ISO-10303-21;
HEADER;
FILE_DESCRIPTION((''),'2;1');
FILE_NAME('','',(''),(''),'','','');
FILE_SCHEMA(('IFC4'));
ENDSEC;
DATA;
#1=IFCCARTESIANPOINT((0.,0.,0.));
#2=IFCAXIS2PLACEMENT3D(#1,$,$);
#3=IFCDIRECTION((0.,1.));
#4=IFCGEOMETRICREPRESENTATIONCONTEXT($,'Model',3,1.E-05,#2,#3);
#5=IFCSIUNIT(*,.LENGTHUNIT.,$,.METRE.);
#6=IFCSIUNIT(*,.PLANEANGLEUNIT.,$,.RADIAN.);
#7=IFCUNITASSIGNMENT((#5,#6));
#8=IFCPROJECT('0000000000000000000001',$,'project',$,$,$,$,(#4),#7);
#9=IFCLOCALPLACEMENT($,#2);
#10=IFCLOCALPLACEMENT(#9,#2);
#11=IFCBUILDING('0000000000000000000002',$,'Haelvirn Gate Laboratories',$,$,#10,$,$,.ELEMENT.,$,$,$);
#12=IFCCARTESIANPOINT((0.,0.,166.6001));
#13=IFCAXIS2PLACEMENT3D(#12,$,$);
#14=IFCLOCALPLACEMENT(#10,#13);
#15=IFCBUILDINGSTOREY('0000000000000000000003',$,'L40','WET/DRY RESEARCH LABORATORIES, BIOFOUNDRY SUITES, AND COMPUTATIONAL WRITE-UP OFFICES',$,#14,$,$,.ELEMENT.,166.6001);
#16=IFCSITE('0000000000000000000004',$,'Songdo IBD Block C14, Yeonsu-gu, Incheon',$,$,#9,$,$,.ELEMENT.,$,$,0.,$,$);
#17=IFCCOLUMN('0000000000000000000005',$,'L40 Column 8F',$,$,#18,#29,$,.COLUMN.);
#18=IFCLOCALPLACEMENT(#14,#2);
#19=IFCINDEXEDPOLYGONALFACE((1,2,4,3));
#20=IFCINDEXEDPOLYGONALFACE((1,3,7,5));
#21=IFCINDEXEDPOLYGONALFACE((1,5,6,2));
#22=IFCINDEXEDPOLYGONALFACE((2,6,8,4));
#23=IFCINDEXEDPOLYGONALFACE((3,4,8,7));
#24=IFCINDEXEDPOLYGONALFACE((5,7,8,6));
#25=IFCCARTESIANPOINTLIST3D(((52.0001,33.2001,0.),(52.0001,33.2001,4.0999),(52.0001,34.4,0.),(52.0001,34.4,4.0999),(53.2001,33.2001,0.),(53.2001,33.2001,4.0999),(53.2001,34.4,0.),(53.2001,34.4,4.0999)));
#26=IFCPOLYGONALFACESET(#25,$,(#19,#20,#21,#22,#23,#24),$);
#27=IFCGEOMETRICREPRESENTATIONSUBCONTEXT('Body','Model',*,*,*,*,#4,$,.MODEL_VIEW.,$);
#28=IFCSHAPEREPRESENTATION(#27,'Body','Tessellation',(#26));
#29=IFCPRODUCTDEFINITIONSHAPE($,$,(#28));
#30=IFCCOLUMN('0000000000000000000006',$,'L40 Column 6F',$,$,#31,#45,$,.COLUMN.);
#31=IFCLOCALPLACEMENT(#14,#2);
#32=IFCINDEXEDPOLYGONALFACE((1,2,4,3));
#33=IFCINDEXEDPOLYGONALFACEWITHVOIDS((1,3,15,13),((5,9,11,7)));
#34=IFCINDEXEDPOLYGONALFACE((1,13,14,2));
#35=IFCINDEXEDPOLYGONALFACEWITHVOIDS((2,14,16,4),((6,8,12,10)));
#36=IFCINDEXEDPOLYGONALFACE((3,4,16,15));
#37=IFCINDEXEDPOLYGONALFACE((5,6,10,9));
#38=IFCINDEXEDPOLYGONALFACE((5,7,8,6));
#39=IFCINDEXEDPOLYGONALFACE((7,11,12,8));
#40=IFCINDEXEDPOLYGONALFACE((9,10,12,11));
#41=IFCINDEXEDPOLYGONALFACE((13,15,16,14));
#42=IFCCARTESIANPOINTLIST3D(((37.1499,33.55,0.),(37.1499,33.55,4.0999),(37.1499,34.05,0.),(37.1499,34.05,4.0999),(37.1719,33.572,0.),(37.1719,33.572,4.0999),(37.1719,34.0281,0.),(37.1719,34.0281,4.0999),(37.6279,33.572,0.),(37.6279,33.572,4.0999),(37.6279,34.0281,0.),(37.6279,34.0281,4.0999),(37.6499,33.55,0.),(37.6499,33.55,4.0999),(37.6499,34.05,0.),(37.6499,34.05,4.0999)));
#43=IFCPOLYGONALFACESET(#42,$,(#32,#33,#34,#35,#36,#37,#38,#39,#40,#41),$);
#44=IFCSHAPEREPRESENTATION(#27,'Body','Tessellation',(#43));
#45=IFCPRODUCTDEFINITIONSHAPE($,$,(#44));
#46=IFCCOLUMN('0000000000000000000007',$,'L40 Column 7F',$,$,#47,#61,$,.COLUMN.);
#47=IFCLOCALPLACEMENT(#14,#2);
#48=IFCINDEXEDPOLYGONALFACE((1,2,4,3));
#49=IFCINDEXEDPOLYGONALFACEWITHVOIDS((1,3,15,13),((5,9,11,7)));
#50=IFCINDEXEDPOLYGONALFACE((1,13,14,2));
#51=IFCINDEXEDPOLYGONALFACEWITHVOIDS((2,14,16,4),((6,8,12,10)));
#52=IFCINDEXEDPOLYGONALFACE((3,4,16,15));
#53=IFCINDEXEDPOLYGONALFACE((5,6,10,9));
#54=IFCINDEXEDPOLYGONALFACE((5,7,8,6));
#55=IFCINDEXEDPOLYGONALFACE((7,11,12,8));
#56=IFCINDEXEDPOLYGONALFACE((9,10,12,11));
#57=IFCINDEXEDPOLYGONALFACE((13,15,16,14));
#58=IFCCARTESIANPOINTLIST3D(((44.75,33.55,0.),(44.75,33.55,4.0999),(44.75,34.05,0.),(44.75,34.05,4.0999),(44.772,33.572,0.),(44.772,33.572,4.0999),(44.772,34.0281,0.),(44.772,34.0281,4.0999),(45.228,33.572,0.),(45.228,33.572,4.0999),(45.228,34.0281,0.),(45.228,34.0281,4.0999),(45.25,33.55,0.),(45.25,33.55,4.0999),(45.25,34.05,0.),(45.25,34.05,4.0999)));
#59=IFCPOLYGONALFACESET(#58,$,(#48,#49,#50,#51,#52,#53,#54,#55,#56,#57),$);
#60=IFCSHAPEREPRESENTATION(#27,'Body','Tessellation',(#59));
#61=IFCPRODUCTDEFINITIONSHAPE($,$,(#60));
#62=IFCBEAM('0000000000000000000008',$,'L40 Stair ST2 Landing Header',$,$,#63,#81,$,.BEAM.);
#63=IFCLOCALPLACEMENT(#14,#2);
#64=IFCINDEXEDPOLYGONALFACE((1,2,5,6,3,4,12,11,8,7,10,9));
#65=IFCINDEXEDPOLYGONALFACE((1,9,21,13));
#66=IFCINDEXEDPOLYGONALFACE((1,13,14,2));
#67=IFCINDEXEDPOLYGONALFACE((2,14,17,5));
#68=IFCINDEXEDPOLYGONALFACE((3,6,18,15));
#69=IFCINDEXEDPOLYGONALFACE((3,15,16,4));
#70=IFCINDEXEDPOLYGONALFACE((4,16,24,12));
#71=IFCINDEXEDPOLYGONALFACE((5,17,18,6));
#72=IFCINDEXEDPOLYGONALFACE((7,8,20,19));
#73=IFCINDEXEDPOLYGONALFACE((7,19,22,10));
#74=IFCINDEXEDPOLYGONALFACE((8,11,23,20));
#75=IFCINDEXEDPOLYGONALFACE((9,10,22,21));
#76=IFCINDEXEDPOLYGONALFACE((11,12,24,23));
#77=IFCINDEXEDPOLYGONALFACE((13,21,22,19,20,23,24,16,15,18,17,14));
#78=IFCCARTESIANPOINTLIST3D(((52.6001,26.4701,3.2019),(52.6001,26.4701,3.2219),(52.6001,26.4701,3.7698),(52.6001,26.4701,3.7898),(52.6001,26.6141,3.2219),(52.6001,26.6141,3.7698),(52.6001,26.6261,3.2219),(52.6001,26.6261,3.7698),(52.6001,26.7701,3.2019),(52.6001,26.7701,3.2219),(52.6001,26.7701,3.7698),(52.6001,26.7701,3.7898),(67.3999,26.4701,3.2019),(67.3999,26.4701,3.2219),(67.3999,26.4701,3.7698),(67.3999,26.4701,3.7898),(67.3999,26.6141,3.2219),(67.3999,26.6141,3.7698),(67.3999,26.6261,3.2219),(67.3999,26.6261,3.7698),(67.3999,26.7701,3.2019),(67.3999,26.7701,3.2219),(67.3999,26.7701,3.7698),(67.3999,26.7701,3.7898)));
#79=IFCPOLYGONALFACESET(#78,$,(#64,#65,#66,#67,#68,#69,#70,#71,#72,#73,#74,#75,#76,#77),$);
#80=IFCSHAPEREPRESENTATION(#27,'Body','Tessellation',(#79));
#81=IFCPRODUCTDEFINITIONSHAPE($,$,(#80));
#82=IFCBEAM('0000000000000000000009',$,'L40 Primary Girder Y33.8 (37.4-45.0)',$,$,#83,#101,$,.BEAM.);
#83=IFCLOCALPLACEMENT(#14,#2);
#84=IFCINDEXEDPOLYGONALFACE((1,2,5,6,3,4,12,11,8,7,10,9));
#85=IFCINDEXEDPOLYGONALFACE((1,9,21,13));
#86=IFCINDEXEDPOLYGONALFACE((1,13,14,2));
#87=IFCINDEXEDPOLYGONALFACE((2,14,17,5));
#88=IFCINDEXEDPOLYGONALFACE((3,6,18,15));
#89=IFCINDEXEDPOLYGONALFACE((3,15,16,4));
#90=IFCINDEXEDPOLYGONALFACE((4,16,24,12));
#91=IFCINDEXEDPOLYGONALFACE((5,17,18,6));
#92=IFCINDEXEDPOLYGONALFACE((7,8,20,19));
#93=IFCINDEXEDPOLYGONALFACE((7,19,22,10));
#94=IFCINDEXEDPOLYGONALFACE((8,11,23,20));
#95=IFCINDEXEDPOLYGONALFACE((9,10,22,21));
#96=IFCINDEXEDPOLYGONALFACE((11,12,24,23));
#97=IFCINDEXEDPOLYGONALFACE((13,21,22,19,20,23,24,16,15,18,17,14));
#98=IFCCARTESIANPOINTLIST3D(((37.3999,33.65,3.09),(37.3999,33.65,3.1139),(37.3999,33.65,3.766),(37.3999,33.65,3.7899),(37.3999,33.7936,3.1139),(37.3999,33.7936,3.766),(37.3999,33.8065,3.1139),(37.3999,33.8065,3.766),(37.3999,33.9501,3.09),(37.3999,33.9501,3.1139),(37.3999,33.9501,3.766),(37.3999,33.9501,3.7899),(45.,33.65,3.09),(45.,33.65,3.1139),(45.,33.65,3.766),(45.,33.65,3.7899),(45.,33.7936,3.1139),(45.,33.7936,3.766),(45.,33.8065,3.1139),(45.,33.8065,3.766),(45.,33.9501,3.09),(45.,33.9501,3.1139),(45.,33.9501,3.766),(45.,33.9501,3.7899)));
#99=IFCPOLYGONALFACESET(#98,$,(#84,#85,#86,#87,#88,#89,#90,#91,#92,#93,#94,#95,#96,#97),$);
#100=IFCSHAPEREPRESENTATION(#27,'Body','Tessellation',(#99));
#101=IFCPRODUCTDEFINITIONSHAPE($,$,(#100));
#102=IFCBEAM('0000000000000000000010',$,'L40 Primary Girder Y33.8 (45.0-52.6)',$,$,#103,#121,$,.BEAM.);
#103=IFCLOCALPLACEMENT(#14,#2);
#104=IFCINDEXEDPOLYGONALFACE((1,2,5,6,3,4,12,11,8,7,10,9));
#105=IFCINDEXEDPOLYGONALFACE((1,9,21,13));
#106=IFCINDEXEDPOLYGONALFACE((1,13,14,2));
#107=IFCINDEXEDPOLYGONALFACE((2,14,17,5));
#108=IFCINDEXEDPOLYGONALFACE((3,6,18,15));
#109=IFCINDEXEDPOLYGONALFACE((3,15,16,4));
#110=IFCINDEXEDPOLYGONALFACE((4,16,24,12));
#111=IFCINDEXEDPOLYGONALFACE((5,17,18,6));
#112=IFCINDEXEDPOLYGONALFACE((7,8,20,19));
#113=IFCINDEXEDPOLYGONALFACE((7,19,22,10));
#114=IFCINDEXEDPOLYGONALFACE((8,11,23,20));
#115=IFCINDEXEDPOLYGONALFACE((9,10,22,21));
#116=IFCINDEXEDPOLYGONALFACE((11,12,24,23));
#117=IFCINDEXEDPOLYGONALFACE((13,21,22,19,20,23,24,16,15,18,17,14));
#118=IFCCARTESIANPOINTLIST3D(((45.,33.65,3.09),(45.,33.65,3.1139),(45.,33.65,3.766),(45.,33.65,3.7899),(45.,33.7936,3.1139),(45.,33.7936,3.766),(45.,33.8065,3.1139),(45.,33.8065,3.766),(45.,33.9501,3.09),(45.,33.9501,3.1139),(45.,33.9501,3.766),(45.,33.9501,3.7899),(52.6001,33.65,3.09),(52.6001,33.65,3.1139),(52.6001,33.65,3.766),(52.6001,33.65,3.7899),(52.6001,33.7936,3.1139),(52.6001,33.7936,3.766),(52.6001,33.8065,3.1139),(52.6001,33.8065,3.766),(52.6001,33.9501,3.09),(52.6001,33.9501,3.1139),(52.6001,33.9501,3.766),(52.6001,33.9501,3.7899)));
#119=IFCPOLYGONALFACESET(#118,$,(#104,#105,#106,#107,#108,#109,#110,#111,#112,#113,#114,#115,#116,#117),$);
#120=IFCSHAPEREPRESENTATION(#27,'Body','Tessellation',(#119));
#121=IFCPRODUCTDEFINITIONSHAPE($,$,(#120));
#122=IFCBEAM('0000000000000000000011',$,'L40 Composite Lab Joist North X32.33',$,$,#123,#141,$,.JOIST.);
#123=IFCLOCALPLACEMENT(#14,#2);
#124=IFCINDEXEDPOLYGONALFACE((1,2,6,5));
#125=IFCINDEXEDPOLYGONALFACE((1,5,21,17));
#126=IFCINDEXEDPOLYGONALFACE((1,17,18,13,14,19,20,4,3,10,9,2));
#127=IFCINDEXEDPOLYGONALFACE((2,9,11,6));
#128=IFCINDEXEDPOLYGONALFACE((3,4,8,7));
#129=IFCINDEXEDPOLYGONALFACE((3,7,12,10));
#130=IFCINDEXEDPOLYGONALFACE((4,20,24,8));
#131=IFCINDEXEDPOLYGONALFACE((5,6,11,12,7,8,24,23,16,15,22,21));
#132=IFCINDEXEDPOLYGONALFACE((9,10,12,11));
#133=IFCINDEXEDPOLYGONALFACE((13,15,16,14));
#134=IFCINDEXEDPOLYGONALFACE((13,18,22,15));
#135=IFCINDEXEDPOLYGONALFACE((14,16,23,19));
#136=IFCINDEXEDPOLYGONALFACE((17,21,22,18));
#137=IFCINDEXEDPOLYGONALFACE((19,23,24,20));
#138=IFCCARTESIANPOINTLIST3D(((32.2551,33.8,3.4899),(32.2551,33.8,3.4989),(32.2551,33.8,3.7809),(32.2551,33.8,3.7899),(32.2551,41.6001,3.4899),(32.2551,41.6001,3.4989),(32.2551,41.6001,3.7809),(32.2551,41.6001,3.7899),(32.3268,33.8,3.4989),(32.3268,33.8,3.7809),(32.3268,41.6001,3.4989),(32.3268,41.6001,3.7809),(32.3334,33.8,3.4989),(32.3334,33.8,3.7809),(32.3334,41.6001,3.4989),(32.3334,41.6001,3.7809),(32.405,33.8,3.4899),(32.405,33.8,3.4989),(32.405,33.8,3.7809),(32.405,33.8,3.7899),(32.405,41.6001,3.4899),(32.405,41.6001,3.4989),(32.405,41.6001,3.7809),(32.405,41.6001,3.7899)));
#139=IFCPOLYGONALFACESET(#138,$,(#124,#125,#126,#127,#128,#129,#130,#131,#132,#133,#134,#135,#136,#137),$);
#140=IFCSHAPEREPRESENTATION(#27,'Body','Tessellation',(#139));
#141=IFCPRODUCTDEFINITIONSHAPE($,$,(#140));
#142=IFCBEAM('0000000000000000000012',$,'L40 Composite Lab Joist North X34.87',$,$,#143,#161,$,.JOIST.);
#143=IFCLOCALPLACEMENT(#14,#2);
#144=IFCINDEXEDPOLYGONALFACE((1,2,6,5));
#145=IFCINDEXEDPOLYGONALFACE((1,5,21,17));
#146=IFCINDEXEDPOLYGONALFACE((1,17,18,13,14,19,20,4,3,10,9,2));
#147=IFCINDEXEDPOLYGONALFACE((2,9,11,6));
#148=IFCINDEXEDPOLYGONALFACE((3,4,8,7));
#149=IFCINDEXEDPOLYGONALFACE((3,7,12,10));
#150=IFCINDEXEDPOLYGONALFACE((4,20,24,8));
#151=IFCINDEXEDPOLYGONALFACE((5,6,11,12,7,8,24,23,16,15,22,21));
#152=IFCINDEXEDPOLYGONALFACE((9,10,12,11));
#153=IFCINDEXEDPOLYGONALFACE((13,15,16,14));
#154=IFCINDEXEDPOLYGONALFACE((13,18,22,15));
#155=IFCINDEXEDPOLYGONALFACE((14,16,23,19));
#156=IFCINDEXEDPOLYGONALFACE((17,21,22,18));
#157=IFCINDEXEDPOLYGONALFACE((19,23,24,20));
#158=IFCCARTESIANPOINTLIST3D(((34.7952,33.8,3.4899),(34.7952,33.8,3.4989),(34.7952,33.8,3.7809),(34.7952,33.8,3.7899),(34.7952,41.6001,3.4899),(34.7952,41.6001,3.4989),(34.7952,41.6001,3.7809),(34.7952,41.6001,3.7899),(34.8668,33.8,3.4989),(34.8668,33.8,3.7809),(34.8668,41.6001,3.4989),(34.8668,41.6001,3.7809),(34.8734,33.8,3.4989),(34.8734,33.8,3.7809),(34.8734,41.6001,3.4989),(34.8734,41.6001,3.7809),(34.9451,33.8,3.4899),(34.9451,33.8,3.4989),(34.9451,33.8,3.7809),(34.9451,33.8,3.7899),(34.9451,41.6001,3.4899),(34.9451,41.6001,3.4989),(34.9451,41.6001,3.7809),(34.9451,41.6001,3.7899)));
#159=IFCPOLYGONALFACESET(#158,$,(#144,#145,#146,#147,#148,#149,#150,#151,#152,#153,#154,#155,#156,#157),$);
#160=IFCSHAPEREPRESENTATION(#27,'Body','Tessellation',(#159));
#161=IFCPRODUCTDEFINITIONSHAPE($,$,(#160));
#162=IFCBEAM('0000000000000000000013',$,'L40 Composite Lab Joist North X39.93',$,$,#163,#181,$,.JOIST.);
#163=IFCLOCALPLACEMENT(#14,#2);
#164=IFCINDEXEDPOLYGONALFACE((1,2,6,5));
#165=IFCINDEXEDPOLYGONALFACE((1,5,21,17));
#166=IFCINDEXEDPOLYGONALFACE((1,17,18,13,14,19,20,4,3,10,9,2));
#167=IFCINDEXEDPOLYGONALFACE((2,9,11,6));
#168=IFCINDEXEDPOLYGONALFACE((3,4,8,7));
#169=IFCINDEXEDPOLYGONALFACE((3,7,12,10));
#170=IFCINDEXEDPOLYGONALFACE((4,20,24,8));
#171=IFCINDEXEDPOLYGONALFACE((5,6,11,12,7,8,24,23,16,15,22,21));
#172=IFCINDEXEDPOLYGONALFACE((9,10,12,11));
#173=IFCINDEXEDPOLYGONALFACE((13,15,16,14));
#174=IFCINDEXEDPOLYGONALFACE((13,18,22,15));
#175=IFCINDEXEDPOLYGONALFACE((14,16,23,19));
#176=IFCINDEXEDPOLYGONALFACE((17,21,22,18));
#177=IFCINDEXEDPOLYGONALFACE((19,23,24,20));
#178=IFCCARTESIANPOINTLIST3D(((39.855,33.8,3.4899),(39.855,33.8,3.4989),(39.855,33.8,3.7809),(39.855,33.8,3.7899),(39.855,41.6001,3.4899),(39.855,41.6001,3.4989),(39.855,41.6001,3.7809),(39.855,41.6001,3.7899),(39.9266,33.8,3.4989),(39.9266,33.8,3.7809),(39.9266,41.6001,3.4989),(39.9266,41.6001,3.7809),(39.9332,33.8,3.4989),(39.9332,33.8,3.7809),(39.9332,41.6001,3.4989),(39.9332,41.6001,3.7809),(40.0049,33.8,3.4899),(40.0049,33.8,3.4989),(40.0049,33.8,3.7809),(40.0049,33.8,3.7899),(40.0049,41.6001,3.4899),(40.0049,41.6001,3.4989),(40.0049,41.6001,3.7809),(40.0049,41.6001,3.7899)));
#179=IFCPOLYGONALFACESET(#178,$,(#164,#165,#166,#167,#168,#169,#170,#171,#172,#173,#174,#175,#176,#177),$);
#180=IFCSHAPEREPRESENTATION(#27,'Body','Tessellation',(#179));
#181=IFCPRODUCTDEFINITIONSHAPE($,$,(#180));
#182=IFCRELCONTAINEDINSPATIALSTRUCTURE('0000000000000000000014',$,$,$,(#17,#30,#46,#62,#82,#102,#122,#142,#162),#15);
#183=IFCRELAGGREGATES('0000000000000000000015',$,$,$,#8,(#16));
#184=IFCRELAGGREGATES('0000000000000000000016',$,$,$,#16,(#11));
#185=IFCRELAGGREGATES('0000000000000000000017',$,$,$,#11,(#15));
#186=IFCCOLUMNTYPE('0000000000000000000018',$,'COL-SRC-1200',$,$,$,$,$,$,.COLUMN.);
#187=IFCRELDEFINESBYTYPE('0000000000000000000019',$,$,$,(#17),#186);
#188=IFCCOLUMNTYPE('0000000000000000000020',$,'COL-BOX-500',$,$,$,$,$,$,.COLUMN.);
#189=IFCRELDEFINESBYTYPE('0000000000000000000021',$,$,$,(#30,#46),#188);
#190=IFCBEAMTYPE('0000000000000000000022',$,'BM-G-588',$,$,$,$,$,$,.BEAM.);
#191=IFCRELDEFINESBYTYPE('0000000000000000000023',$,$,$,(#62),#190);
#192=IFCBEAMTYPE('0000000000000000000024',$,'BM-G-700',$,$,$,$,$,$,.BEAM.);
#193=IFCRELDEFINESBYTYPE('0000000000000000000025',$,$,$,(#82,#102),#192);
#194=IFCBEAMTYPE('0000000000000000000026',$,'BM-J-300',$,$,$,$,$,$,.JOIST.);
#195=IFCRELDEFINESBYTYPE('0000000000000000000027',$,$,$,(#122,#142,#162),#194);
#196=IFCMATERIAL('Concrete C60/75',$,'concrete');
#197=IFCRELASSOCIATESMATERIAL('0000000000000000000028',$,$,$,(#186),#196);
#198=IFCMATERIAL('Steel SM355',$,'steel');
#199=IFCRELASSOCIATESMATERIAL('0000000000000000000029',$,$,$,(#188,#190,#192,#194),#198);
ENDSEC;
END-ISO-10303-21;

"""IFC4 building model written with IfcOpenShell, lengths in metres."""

from ifc_helpers import new_model, si_unit, direction, frame, origin, origin_2d, place, context, subcontext, project, spatial, rectangle, hollow_rectangle, i_section, extrude, source, transform, mapped, material, material_profile, profile_set, type_object, type_shapes, element, save


model = new_model("IFC4")

# Units and contexts
model_context = context("Model", 3, precision=1e-05, world=origin(), true_north=direction((0.0, 1.0)))
body_context = subcontext(model_context, "Body", "Model", "MODEL_VIEW")
ifc_project = project(units=[si_unit("LENGTHUNIT", "METRE"), si_unit("PLANEANGLEUNIT", "RADIAN")], contexts=[model_context])

# Site, building, storey
site_placement = place(None, origin())
site = spatial("IfcSite", under=ifc_project, at=site_placement, Name="Songdo IBD Block C14, Yeonsu-gu, Incheon", CompositionType="ELEMENT", RefElevation=0.0)
building_placement = place(site_placement, origin())
building = spatial("IfcBuilding", under=site, at=building_placement, Name="Haelvirn Gate Laboratories", CompositionType="ELEMENT")
storey_placement = place(building_placement, frame((0.0, 0.0, 166.6001)))
storey = spatial("IfcBuildingStorey", under=building, at=storey_placement, Name="L40", Description="WET/DRY RESEARCH LABORATORIES, BIOFOUNDRY SUITES, AND COMPUTATIONAL WRITE-UP OFFICES", CompositionType="ELEMENT", Elevation=166.6001)

# Columns
ifc_material_1 = material(Name="Concrete C60/75", Category="concrete")
ifc_material_profile_1 = material_profile(ifc_material_1, rectangle(XDim=1.2, YDim=1.2, at=origin_2d()), Name="SRC-1200x1200")
ifc_profile_set_1 = profile_set([ifc_material_profile_1], Name="Concrete C60/75")
column_type_1 = type_object("IfcColumnType", Name="COL-SRC-1200", PredefinedType="COLUMN", material=ifc_profile_set_1)
shared_shape_1 = source(origin(), body_context, "Body", "SweptSolid", [
    extrude(rectangle(XDim=1.2, YDim=1.2, at=origin_2d()), origin(), (0.0, 0.0, 1.0), 4.0999),
])
type_shapes(column_type_1, [shared_shape_1])
column_placement = place(storey_placement, frame((52.6001, 33.8, 0.0), z_axis=(0.0, 0.0, 1.0), x_axis=(1.0, 0.0, 0.0)))
element("IfcColumn", 1, at=column_placement, inside=storey, type_object=column_type_1, Name="L40 Column 8F", PredefinedType="COLUMN", context=body_context, shape_type="MappedRepresentation", body=[
    mapped(shared_shape_1, transform((0.0, 0.0, 0.0), scale=1.0)),
])
ifc_material_2 = material(Name="Steel SM355", Category="steel")
ifc_material_profile_2 = material_profile(ifc_material_2, hollow_rectangle(XDim=0.5, YDim=0.5, WallThickness=0.022, at=origin_2d()), Name="BOX-500x500x22")
ifc_profile_set_2 = profile_set([ifc_material_profile_2], Name="Steel SM355")
column_type_2 = type_object("IfcColumnType", Name="COL-BOX-500", PredefinedType="COLUMN", material=ifc_profile_set_2)
shared_shape_2 = source(origin(), body_context, "Body", "SweptSolid", [
    extrude(hollow_rectangle(XDim=0.5, YDim=0.5, WallThickness=0.022, at=origin_2d()), origin(), (0.0, 0.0, 1.0), 4.0999),
])
type_shapes(column_type_2, [shared_shape_2])
for number, where, z_axis, x_axis, name in (
    (2, (37.3999, 33.8, 0.0), (0.0, 0.0, 1.0), (1.0, 0.0, 0.0), "L40 Column 6F"),
    (3, (45.0, 33.8, 0.0), (0.0, 0.0, 1.0), (1.0, 0.0, 0.0), "L40 Column 7F"),
):
    element("IfcColumn", number, at=place(storey_placement, frame(where, z_axis=z_axis, x_axis=x_axis)), inside=storey, type_object=column_type_2, Name=name, PredefinedType="COLUMN", context=body_context, shape_type="MappedRepresentation", body=[
        mapped(shared_shape_2, transform((0.0, 0.0, 0.0), scale=1.0)),
    ])

# Beams
ifc_material_profile_3 = material_profile(ifc_material_2, i_section(OverallWidth=0.3, OverallDepth=0.5879, WebThickness=0.012, FlangeThickness=0.02, at=origin_2d()), Name="H-588x300x12x20")
ifc_profile_set_3 = profile_set([ifc_material_profile_3], Name="Steel SM355")
beam_type_1 = type_object("IfcBeamType", Name="BM-G-588", PredefinedType="BEAM", material=ifc_profile_set_3)
shared_shape_3 = source(origin(), body_context, "Body", "SweptSolid", [
    extrude(i_section(OverallWidth=0.3, OverallDepth=0.5879, WebThickness=0.012, FlangeThickness=0.02, at=origin_2d()), origin(), (0.0, 0.0, 1.0), 14.7998),
])
beam_1_placement = place(storey_placement, frame((52.6001, 26.6201, 3.4958), z_axis=(1.0, 0.0, 0.0), x_axis=(0.0, 1.0, 0.0)))
element("IfcBeam", 4, at=beam_1_placement, inside=storey, type_object=beam_type_1, Name="L40 Stair ST2 Landing Header", PredefinedType="BEAM", context=body_context, shape_type="MappedRepresentation", body=[
    mapped(shared_shape_3, transform((0.0, 0.0, 0.0), scale=1.0)),
])
ifc_material_profile_4 = material_profile(ifc_material_2, i_section(OverallWidth=0.3, OverallDepth=0.7, WebThickness=0.0129, FlangeThickness=0.0239, at=origin_2d()), Name="H-700x300x13x24")
ifc_profile_set_4 = profile_set([ifc_material_profile_4], Name="Steel SM355")
beam_type_2 = type_object("IfcBeamType", Name="BM-G-700", PredefinedType="BEAM", material=ifc_profile_set_4)
shared_shape_4 = source(origin(), body_context, "Body", "SweptSolid", [
    extrude(i_section(OverallWidth=0.3, OverallDepth=0.7, WebThickness=0.0129, FlangeThickness=0.0239, at=origin_2d()), origin(), (0.0, 0.0, 1.0), 7.6001),
])
type_shapes(beam_type_2, [shared_shape_4])
for number, where, z_axis, x_axis, name in (
    (5, (37.3999, 33.8, 3.4399), (1.0, 0.0, 0.0), (0.0, 1.0, 0.0), "L40 Primary Girder Y33.8 (37.4-45.0)"),
    (6, (45.0, 33.8, 3.4399), (1.0, 0.0, 0.0), (0.0, 1.0, 0.0), "L40 Primary Girder Y33.8 (45.0-52.6)"),
):
    element("IfcBeam", number, at=place(storey_placement, frame(where, z_axis=z_axis, x_axis=x_axis)), inside=storey, type_object=beam_type_2, Name=name, PredefinedType="BEAM", context=body_context, shape_type="MappedRepresentation", body=[
        mapped(shared_shape_4, transform((0.0, 0.0, 0.0), scale=1.0)),
    ])
ifc_material_profile_5 = material_profile(ifc_material_2, i_section(OverallWidth=0.1499, OverallDepth=0.3, WebThickness=0.0066, FlangeThickness=0.009, at=origin_2d()), Name="H-300x150x6.5x9")
ifc_profile_set_5 = profile_set([ifc_material_profile_5], Name="Steel SM355")
beam_type_3 = type_object("IfcBeamType", Name="BM-J-300", PredefinedType="JOIST", material=ifc_profile_set_5)
shared_shape_5 = source(origin(), body_context, "Body", "SweptSolid", [
    extrude(i_section(OverallWidth=0.1499, OverallDepth=0.3, WebThickness=0.0066, FlangeThickness=0.009, at=origin_2d()), origin(), (0.0, 0.0, 1.0), 7.8),
])
type_shapes(beam_type_3, [shared_shape_5])
for number, where, z_axis, x_axis, name in (
    (7, (32.3301, 33.8, 3.6399), (0.0, 1.0, 0.0), (-1.0, 0.0, 0.0), "L40 Composite Lab Joist North X32.33"),
    (8, (34.8701, 33.8, 3.6399), (0.0, 1.0, 0.0), (-1.0, 0.0, 0.0), "L40 Composite Lab Joist North X34.87"),
    (9, (39.9299, 33.8, 3.6399), (0.0, 1.0, 0.0), (-1.0, 0.0, 0.0), "L40 Composite Lab Joist North X39.93"),
):
    element("IfcBeam", number, at=place(storey_placement, frame(where, z_axis=z_axis, x_axis=x_axis)), inside=storey, type_object=beam_type_3, Name=name, PredefinedType="JOIST", context=body_context, shape_type="MappedRepresentation", body=[
        mapped(shared_shape_5, transform((0.0, 0.0, 0.0), scale=1.0)),
    ])

save(model, "model.ifc")
